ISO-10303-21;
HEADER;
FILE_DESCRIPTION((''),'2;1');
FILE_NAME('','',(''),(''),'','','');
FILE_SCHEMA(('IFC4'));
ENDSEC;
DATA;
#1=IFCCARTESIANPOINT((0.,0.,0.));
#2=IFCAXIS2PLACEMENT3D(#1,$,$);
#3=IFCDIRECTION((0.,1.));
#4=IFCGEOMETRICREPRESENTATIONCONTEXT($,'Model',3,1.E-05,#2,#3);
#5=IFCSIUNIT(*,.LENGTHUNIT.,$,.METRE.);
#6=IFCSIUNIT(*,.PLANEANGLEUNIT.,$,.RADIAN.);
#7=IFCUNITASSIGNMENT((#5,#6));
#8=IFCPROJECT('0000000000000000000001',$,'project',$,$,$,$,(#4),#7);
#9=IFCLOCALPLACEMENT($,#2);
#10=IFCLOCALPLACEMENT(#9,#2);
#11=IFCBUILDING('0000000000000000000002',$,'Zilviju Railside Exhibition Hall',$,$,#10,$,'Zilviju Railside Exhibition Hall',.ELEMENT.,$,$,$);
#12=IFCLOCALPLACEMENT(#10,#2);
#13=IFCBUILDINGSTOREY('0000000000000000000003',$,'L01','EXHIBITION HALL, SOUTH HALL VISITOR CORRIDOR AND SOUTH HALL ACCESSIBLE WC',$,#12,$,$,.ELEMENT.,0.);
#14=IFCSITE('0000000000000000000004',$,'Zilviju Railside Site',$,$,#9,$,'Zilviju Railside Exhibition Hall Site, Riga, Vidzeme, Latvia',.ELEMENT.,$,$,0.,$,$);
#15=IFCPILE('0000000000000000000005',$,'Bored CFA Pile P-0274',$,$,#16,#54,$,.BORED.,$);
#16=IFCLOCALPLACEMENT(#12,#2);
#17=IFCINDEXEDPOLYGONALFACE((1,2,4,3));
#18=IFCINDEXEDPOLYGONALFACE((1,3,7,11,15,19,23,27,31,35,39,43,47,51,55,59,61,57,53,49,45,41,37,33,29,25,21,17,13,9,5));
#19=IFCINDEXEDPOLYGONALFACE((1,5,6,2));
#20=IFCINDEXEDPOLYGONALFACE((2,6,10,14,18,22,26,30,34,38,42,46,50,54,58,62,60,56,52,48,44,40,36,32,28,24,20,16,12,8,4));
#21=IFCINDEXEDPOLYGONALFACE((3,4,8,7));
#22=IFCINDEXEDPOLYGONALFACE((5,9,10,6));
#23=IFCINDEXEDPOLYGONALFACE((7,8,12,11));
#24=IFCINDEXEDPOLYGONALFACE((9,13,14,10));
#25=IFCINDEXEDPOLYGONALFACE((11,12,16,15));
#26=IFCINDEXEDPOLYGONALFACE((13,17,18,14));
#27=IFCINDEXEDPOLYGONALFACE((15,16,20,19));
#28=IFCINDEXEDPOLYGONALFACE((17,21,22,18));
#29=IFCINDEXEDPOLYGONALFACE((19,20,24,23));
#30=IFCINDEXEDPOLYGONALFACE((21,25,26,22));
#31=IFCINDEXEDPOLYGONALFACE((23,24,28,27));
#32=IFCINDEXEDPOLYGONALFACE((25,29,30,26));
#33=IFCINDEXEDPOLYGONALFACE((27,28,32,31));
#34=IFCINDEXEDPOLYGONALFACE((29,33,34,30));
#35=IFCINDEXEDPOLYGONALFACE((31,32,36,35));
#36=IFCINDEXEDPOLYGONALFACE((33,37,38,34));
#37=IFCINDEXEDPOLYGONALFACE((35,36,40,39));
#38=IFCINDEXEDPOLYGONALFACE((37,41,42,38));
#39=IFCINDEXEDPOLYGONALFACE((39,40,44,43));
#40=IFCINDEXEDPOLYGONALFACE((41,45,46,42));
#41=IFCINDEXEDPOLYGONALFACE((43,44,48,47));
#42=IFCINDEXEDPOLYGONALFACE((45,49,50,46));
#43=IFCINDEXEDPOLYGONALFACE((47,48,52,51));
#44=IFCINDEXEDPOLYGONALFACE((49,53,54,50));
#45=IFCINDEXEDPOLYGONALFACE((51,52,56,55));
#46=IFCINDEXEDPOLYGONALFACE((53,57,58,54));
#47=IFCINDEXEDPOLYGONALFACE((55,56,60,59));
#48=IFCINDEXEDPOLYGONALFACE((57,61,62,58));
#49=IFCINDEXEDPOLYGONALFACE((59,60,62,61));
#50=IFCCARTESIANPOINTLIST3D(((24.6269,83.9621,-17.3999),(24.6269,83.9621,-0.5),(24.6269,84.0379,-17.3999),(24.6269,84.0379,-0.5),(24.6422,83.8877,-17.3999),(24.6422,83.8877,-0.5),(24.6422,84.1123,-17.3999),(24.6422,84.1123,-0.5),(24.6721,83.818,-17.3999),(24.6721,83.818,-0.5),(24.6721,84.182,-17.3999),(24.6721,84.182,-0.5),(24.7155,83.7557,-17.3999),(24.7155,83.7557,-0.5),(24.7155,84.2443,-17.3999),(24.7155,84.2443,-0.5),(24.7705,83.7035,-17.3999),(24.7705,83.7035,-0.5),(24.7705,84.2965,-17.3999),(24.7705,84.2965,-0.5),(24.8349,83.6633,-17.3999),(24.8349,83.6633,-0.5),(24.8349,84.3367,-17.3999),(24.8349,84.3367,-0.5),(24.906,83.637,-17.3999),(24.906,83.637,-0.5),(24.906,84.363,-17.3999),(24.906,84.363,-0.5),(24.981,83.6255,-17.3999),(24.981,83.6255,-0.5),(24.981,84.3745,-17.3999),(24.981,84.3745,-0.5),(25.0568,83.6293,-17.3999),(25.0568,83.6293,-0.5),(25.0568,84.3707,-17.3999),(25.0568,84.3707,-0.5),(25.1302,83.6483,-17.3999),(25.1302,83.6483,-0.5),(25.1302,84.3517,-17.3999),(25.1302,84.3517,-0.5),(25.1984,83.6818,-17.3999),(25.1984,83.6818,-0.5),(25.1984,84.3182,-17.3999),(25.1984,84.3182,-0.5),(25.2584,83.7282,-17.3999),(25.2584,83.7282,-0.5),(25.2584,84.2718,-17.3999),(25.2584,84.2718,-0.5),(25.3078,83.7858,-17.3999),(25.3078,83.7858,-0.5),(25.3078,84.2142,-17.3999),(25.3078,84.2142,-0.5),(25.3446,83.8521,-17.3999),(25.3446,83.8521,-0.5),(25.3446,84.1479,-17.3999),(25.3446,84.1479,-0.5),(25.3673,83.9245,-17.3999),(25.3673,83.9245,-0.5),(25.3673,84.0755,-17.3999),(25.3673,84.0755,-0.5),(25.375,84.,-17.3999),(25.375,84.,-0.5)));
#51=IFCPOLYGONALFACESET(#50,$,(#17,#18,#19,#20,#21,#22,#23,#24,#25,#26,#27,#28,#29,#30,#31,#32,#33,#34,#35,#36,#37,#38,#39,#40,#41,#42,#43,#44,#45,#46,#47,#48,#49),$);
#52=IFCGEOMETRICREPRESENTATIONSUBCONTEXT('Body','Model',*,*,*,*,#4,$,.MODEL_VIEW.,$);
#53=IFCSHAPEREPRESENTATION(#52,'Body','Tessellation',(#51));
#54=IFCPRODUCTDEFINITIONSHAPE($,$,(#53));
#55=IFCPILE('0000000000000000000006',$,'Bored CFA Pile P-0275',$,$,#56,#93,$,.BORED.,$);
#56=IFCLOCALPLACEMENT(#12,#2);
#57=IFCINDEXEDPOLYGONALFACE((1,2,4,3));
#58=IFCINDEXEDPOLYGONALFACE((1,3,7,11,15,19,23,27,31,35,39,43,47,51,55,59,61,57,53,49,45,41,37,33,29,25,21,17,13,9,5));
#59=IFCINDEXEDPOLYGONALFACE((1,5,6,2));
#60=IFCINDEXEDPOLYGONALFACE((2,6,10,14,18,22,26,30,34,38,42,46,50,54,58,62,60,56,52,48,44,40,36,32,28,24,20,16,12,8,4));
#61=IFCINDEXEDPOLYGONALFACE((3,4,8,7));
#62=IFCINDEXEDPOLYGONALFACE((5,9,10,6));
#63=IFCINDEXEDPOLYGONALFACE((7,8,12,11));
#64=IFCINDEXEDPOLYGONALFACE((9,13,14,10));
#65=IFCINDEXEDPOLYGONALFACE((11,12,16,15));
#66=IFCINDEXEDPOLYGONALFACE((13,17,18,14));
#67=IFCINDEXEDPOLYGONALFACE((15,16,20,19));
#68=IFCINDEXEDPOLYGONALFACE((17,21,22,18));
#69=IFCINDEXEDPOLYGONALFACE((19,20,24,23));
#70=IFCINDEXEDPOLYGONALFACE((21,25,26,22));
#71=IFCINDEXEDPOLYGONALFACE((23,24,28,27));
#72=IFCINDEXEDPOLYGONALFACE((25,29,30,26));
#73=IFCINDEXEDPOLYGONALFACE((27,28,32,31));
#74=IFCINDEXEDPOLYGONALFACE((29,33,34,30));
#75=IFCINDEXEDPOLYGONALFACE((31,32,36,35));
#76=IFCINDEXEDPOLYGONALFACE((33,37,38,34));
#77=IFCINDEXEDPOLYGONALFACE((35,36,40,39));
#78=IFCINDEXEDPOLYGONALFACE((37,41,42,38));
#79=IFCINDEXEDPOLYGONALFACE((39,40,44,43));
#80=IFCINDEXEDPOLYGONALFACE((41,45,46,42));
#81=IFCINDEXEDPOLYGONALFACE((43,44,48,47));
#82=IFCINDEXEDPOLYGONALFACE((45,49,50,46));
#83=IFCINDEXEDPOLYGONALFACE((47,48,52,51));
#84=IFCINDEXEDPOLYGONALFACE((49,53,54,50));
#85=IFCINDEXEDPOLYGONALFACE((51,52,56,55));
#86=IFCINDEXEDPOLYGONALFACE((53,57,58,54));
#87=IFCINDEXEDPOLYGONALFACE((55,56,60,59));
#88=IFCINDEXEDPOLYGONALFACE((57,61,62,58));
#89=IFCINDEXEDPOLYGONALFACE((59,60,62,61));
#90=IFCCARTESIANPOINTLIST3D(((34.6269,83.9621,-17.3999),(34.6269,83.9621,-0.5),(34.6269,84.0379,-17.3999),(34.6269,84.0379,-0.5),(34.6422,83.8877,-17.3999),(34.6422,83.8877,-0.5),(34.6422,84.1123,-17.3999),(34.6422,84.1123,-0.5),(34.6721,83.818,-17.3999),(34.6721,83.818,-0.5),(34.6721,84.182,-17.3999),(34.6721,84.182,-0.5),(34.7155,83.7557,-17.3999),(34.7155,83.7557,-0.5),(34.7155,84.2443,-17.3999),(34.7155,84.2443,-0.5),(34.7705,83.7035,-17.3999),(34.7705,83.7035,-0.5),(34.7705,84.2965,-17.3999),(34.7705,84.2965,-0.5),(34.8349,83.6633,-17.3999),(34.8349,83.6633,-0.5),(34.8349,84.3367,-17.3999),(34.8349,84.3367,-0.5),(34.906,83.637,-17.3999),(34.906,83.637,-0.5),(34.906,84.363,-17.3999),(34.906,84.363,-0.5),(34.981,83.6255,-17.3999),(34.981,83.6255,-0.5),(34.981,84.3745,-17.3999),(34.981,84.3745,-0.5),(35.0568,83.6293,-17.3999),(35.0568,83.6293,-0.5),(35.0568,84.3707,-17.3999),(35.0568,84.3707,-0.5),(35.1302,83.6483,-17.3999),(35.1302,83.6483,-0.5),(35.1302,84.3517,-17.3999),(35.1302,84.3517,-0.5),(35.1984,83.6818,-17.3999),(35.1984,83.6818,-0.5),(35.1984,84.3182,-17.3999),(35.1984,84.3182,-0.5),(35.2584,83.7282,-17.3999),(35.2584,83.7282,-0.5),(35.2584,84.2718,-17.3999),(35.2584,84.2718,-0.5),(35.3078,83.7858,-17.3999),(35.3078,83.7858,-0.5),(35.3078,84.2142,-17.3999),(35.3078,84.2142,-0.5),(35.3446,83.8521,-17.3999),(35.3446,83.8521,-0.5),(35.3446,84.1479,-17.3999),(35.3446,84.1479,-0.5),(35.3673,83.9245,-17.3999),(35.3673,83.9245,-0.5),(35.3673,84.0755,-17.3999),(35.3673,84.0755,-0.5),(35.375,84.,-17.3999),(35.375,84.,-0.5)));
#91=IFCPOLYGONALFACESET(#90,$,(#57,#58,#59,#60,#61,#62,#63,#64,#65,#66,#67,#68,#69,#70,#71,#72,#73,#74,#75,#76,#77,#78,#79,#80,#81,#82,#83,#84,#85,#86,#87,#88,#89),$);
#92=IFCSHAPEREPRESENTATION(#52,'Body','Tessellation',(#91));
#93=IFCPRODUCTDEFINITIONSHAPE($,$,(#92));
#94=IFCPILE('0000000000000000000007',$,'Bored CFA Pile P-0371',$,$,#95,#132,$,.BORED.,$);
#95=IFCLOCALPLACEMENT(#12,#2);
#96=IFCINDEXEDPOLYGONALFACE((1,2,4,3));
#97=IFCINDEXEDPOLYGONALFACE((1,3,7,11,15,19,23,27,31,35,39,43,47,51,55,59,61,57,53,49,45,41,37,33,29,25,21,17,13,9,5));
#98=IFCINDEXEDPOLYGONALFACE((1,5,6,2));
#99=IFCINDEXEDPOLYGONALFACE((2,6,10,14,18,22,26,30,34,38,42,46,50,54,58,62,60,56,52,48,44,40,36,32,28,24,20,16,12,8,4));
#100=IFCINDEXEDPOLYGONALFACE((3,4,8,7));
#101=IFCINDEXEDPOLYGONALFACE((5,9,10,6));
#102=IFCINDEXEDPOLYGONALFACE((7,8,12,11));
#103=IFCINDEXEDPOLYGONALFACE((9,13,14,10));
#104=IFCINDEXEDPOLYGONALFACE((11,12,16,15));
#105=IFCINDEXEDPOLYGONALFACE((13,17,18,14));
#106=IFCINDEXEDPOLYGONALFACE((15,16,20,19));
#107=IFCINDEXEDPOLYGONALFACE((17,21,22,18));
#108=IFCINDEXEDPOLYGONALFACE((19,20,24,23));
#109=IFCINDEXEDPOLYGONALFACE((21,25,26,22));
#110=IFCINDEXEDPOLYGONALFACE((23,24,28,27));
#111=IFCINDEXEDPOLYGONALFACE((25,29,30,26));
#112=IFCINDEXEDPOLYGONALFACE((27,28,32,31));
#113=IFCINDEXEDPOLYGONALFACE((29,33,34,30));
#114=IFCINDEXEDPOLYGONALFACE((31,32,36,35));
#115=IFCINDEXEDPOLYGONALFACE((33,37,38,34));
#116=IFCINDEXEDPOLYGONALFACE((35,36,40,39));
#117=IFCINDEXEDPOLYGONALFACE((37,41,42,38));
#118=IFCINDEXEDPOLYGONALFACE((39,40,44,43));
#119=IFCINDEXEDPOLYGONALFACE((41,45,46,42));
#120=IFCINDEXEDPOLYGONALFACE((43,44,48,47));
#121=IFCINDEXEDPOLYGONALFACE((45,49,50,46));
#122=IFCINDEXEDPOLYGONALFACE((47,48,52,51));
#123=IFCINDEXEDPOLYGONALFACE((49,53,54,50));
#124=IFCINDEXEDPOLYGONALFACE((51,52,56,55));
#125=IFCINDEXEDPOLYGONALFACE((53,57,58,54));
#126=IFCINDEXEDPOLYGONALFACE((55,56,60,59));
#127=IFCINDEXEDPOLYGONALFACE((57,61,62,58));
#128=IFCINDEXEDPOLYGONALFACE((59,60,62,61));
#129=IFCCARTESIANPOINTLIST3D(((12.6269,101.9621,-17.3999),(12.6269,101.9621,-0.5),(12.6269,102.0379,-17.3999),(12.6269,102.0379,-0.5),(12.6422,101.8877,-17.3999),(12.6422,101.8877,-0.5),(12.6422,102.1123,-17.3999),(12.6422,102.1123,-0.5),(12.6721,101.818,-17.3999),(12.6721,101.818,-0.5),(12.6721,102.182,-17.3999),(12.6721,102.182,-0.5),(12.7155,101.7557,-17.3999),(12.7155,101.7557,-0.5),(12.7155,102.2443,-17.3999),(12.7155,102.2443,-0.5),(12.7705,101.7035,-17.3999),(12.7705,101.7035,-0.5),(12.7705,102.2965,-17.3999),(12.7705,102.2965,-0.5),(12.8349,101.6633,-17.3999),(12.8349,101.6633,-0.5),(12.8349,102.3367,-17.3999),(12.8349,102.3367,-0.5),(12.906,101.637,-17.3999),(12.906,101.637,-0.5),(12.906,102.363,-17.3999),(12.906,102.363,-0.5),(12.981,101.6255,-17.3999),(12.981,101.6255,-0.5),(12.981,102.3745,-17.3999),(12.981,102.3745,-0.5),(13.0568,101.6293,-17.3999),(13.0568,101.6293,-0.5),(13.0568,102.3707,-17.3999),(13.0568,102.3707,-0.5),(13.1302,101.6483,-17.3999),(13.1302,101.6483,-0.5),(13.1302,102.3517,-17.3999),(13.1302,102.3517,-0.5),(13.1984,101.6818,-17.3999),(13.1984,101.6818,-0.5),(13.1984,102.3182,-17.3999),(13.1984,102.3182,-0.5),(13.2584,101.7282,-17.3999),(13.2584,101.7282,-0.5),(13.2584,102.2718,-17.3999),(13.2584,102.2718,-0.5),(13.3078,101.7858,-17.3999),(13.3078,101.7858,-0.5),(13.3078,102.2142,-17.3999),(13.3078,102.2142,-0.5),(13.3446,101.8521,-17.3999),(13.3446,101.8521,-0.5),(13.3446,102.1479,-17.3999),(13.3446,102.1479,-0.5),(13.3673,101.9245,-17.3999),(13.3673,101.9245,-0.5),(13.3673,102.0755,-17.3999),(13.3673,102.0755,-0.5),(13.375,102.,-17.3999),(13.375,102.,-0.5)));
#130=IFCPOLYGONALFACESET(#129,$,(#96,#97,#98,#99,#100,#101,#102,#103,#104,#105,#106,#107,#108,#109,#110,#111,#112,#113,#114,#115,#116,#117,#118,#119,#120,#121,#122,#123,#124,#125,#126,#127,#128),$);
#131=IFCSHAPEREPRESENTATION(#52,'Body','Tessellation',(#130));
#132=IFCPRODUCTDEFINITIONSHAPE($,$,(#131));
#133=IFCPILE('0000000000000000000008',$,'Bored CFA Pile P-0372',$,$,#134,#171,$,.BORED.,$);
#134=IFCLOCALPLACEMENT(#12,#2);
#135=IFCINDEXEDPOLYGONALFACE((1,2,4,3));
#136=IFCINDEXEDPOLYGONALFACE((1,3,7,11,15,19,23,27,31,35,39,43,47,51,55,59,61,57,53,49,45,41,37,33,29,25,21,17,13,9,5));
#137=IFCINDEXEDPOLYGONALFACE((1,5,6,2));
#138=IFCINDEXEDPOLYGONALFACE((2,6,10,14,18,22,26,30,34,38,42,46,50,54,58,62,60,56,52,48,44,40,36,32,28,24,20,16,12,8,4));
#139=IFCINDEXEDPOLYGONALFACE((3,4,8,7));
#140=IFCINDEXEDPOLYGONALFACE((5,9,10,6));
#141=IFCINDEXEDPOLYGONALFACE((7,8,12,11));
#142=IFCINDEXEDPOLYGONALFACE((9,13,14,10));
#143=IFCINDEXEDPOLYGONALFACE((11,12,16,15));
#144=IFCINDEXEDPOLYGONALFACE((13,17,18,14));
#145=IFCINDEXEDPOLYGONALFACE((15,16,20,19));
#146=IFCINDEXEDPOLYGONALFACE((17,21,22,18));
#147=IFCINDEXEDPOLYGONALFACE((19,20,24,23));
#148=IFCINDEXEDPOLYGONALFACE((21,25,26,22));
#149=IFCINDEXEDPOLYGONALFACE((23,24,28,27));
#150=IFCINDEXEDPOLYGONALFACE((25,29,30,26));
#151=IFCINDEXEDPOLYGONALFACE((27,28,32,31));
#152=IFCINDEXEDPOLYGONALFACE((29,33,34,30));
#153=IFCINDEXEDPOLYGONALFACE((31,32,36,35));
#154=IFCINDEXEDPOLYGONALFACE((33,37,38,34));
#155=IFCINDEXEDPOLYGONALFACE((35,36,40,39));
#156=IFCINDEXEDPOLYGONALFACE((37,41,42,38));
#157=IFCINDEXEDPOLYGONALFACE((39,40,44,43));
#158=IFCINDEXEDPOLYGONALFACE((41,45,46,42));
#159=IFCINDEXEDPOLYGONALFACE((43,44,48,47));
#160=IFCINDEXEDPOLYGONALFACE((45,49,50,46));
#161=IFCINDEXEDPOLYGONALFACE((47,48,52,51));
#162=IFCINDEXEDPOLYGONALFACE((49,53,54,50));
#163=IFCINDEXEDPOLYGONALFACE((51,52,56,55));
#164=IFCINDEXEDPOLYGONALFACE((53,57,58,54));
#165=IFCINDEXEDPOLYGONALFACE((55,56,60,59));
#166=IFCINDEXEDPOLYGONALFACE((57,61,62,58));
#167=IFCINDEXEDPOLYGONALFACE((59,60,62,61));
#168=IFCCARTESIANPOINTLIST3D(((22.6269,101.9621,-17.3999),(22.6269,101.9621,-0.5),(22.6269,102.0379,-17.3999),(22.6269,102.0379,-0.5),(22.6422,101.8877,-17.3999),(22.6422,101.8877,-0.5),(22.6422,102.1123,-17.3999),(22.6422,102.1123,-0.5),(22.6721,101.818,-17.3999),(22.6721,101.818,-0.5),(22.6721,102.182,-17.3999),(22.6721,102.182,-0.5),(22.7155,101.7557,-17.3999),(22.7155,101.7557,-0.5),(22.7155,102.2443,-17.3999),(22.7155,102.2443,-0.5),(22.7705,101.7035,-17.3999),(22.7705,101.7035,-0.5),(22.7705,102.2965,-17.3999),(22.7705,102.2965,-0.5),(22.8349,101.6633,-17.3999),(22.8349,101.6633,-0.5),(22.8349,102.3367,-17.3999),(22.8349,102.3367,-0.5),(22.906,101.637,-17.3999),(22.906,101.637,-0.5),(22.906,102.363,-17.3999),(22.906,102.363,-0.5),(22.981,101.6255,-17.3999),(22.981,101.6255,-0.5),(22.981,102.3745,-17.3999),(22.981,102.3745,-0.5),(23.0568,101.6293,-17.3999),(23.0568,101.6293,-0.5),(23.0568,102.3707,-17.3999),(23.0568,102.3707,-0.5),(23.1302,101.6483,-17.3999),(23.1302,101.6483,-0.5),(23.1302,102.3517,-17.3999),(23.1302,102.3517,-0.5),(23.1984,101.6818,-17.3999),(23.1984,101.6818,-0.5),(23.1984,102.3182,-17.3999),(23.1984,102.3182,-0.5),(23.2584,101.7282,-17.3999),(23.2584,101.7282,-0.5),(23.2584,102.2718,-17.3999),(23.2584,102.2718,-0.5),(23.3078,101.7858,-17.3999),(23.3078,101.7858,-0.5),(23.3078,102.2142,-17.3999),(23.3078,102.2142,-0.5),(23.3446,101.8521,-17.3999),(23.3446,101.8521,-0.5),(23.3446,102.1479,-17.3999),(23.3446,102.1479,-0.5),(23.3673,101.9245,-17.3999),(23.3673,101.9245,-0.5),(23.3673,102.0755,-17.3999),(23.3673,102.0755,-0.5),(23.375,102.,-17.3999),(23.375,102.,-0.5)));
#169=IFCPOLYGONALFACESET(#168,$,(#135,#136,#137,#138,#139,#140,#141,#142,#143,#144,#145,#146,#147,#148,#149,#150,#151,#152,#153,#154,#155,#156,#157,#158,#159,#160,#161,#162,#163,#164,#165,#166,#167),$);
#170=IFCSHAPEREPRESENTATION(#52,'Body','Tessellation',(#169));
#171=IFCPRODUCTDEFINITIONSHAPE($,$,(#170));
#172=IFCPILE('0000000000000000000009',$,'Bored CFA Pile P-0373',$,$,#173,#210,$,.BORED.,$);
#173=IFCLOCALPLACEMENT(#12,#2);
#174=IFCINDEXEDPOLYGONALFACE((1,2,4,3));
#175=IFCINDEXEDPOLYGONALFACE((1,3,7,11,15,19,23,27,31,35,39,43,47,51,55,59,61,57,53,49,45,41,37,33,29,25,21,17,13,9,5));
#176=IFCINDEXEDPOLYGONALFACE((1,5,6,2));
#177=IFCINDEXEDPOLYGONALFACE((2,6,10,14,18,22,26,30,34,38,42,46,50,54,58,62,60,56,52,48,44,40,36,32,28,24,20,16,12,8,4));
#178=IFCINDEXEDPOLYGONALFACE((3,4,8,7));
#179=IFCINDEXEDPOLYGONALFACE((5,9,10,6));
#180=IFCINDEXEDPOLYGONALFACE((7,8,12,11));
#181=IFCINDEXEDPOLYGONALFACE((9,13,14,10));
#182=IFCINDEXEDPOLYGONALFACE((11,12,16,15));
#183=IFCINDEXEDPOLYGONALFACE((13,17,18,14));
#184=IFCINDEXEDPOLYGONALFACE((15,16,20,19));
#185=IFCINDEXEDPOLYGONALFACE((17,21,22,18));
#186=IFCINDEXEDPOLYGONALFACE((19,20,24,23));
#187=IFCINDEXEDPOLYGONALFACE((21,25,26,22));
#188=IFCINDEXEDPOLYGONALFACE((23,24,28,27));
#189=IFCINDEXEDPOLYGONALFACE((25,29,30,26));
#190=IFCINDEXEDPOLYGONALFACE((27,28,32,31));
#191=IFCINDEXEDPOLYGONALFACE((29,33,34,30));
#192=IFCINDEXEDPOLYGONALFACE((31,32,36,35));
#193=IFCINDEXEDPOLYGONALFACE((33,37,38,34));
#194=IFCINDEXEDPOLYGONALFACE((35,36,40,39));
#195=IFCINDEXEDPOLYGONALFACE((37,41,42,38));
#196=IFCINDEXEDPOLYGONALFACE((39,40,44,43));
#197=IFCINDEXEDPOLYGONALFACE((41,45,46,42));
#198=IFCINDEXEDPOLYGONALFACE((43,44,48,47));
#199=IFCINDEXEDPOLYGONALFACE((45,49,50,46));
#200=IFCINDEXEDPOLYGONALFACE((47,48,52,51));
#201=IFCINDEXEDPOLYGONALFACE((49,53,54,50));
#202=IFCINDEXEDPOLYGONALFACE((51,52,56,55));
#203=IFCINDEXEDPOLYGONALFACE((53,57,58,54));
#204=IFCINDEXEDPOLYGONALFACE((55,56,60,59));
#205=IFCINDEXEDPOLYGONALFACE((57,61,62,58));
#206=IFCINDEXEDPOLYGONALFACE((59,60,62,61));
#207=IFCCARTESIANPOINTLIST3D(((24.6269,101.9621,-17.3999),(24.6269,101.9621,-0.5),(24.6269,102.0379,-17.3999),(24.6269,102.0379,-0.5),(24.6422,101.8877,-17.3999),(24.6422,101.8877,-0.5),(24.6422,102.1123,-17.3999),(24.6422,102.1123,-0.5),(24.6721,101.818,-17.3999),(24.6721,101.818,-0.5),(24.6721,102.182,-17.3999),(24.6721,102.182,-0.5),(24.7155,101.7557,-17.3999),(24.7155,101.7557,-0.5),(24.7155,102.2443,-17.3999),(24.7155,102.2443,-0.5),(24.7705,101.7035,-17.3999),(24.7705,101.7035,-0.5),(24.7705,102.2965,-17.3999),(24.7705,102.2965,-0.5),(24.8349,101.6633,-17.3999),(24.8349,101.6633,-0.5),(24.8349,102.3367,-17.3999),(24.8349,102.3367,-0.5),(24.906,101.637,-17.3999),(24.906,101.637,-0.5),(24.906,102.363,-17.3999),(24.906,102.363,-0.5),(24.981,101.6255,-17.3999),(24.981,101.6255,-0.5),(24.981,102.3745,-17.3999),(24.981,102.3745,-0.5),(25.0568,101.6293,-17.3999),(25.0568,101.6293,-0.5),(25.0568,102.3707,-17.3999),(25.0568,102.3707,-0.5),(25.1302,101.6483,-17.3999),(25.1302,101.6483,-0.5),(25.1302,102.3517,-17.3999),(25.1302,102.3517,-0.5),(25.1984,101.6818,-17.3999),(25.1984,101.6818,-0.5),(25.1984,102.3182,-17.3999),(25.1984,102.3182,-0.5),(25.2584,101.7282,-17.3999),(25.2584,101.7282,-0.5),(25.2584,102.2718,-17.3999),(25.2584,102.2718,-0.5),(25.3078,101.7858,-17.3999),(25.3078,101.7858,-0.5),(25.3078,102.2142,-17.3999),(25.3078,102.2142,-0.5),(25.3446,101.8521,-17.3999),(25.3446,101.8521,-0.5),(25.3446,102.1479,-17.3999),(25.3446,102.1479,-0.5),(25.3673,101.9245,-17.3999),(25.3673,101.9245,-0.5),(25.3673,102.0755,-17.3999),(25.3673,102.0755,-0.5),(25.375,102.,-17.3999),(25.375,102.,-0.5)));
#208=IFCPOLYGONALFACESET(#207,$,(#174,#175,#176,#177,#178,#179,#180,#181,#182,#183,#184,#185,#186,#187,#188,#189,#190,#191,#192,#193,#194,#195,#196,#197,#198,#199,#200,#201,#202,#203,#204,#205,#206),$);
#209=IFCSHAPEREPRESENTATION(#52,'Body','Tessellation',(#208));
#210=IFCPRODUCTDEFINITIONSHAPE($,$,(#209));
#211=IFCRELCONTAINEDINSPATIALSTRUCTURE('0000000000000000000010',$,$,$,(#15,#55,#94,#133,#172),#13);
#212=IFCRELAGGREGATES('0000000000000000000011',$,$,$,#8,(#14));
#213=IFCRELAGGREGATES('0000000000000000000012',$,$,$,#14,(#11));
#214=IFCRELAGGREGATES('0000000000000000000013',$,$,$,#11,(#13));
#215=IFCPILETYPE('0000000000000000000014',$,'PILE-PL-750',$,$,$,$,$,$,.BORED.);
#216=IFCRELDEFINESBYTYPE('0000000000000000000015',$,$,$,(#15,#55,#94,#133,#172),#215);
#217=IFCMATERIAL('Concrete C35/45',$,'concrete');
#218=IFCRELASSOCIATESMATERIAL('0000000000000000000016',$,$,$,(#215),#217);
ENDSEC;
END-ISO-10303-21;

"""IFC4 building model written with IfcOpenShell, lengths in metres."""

from ifc_helpers import new_model, si_unit, direction, frame, origin, origin_2d, place, context, subcontext, project, spatial, circle, extrude, material, material_profile, profile_set, type_object, element, save


model = new_model("IFC4")

# Units and contexts
model_context = context("Model", 3, precision=1e-05, world=origin(), true_north=direction((0.0, 1.0)))
body_context = subcontext(model_context, "Body", "Model", "MODEL_VIEW")
ifc_project = project(units=[si_unit("LENGTHUNIT", "METRE"), si_unit("PLANEANGLEUNIT", "RADIAN")], contexts=[model_context])

# Site, building, storey
site_placement = place(None, origin())
site = spatial("IfcSite", under=ifc_project, at=site_placement, Name="Zilviju Railside Site", LongName="Zilviju Railside Exhibition Hall Site, Riga, Vidzeme, Latvia", CompositionType="ELEMENT", RefElevation=0.0)
building_placement = place(site_placement, origin())
building = spatial("IfcBuilding", under=site, at=building_placement, Name="Zilviju Railside Exhibition Hall", LongName="Zilviju Railside Exhibition Hall", CompositionType="ELEMENT")
storey_placement = place(building_placement, origin())
storey = spatial("IfcBuildingStorey", under=building, at=storey_placement, Name="L01", Description="EXHIBITION HALL, SOUTH HALL VISITOR CORRIDOR AND SOUTH HALL ACCESSIBLE WC", CompositionType="ELEMENT", Elevation=0.0)

# Shared definitions
ifc_material_1 = material(Name="Concrete C35/45", Category="concrete")

# Piles
ifc_material_profile_1 = material_profile(ifc_material_1, circle(Radius=0.375, at=origin_2d()), Name="CFA PILE D750")
ifc_profile_set_1 = profile_set([ifc_material_profile_1], Name="Concrete C35/45")
pile_type = type_object("IfcPileType", Name="PILE-PL-750", PredefinedType="BORED", material=ifc_profile_set_1)
for number, where, z_axis, x_axis, name in (
    (1, (25.0, 84.0, -0.5), (0.0, 0.0, -1.0), (1.0, 0.0, 0.0), "Bored CFA Pile P-0274"),
    (2, (35.0, 84.0, -0.5), (0.0, 0.0, -1.0), (1.0, 0.0, 0.0), "Bored CFA Pile P-0275"),
    (3, (13.0, 102.0, -0.5), (0.0, 0.0, -1.0), (1.0, 0.0, 0.0), "Bored CFA Pile P-0371"),
    (4, (23.0, 102.0, -0.5), (0.0, 0.0, -1.0), (1.0, 0.0, 0.0), "Bored CFA Pile P-0372"),
    (5, (25.0, 102.0, -0.5), (0.0, 0.0, -1.0), (1.0, 0.0, 0.0), "Bored CFA Pile P-0373"),
):
    element("IfcPile", number, at=place(storey_placement, frame(where, z_axis=z_axis, x_axis=x_axis)), inside=storey, type_object=pile_type, Name=name, PredefinedType="BORED", context=body_context, shape_type="SweptSolid", body=[
        extrude(circle(Radius=0.375, at=origin_2d()), origin(), (0.0, 0.0, 1.0), 16.8999),
    ])

save(model, "model.ifc")
